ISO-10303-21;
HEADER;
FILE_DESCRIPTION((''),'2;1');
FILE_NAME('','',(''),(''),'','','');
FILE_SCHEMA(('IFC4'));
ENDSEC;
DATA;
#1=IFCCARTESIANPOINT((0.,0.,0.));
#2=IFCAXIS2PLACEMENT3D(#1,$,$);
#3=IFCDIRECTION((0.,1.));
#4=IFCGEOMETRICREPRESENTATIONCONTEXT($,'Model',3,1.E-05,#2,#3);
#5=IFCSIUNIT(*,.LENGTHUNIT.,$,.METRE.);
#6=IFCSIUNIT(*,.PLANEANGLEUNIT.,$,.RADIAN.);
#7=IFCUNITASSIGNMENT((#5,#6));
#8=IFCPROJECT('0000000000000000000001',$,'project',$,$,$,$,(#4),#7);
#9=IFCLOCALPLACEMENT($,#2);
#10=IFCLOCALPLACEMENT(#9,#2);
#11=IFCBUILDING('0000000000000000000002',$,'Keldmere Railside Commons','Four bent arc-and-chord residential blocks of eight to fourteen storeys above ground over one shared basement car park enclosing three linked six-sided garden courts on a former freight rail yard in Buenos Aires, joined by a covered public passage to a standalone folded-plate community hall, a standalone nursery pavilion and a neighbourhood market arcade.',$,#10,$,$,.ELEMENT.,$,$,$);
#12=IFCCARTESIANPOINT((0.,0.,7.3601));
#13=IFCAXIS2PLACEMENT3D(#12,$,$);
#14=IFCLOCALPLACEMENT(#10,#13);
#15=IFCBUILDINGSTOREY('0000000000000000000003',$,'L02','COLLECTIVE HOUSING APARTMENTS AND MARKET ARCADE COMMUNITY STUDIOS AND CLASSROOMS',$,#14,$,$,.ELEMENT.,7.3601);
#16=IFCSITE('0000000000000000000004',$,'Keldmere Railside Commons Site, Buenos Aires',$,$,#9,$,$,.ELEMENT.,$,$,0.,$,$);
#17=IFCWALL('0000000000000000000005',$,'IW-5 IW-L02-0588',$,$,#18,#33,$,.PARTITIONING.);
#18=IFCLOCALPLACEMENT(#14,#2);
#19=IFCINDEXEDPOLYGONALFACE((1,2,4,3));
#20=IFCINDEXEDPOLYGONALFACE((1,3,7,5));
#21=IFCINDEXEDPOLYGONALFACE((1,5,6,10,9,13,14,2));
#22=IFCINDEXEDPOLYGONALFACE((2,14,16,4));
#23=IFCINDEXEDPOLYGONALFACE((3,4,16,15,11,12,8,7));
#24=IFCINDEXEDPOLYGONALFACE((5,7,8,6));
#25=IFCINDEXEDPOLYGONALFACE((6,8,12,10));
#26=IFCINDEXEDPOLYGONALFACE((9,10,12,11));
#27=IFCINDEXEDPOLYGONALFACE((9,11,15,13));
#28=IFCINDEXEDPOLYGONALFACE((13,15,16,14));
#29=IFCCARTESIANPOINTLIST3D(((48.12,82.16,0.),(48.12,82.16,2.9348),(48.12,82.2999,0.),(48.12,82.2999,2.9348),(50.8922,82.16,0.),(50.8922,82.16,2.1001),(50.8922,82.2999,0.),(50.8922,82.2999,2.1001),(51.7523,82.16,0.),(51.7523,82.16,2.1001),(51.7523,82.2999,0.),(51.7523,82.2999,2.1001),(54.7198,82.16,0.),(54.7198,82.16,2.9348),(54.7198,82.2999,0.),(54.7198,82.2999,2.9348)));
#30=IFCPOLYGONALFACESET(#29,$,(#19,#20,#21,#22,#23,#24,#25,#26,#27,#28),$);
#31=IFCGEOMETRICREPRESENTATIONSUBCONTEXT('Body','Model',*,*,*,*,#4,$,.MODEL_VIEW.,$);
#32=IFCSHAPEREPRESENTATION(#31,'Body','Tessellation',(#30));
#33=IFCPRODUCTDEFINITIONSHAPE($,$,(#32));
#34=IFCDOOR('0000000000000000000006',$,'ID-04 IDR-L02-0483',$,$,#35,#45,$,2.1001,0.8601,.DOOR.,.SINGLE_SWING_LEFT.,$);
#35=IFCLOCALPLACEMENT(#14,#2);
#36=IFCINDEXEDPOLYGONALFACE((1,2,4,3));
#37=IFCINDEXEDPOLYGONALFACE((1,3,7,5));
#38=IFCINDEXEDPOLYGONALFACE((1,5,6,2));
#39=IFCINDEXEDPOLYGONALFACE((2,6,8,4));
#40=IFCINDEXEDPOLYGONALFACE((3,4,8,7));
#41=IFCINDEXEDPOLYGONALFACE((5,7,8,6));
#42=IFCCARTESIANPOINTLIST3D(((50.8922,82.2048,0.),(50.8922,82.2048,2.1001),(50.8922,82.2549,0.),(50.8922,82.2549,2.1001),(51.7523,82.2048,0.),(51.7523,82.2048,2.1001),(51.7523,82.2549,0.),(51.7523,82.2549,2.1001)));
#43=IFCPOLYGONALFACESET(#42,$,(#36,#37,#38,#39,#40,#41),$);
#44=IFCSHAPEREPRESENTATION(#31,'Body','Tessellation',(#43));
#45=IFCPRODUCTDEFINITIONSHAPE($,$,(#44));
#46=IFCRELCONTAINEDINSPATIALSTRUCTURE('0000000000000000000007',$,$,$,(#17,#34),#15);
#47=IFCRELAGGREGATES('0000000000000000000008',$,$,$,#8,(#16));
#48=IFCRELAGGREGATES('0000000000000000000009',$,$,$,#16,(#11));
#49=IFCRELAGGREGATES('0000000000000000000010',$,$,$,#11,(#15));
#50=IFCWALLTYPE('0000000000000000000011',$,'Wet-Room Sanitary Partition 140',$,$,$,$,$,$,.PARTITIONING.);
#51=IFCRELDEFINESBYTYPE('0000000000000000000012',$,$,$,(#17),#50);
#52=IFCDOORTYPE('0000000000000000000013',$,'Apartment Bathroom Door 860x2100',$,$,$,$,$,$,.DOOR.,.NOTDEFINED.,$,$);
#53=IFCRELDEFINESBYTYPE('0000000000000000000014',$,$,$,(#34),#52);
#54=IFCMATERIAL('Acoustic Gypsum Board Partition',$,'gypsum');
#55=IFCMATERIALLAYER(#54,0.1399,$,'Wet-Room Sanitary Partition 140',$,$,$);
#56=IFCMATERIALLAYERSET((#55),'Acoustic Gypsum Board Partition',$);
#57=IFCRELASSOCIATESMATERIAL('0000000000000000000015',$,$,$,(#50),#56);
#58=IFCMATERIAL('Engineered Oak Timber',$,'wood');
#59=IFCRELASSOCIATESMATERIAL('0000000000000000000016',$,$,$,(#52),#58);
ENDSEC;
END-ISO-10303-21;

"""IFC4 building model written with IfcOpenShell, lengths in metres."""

from ifc_helpers import new_model, si_unit, direction, frame, frame_2d, origin, place, context, subcontext, project, spatial, rectangle, extrude, material, layer, layer_set, type_object, element, fill, save


model = new_model("IFC4")

# Units and contexts
model_context = context("Model", 3, precision=1e-05, world=origin(), true_north=direction((0.0, 1.0)))
body_context = subcontext(model_context, "Body", "Model", "MODEL_VIEW")
ifc_project = project(units=[si_unit("LENGTHUNIT", "METRE"), si_unit("PLANEANGLEUNIT", "RADIAN")], contexts=[model_context])

# Site, building, storey
site_placement = place(None, origin())
site = spatial("IfcSite", under=ifc_project, at=site_placement, Name="Keldmere Railside Commons Site, Buenos Aires", CompositionType="ELEMENT", RefElevation=0.0)
building_placement = place(site_placement, origin())
building = spatial("IfcBuilding", under=site, at=building_placement, Name="Keldmere Railside Commons", Description="Four bent arc-and-chord residential blocks of eight to fourteen storeys above ground over one shared basement car park enclosing three linked six-sided garden courts on a former freight rail yard in Buenos Aires, joined by a covered public passage to a standalone folded-plate community hall, a standalone nursery pavilion and a neighbourhood market arcade.", CompositionType="ELEMENT")
storey_placement = place(building_placement, frame((0.0, 0.0, 7.3601)))
storey = spatial("IfcBuildingStorey", under=building, at=storey_placement, Name="L02", Description="COLLECTIVE HOUSING APARTMENTS AND MARKET ARCADE COMMUNITY STUDIOS AND CLASSROOMS", CompositionType="ELEMENT", Elevation=7.3601)

# Shared definitions
ifc_material_1 = material(Name="Acoustic Gypsum Board Partition", Category="gypsum")

# Shared definitions
ifc_material_2 = material(Name="Engineered Oak Timber", Category="wood")

# Shared definitions
ifc_layer_1 = layer(ifc_material_1, 0.1399, Name="Wet-Room Sanitary Partition 140")
ifc_layer_set_1 = layer_set([ifc_layer_1], Name="Acoustic Gypsum Board Partition")
wall_type_1 = type_object("IfcWallType", Name="Wet-Room Sanitary Partition 140", PredefinedType="PARTITIONING", material=ifc_layer_set_1)

# Wall, opening, door
wall_1_placement = place(storey_placement, frame((48.1201, 82.23, 0.0), z_axis=(0.0, 0.0, 1.0), x_axis=(1.0, 0.0, 0.0)))
wall_1 = element("IfcWall", 1, at=wall_1_placement, inside=storey, type_object=wall_type_1, Name="IW-5 IW-L02-0588", PredefinedType="PARTITIONING", context=body_context, shape_type="SweptSolid", body=[
    extrude(rectangle(XDim=6.5999, YDim=0.1399, at=frame_2d((3.2998, 0.0))), origin(), (0.0, 0.0, 1.0), 2.9348),
])
opening_1_placement = place(wall_1_placement, frame((2.772, 0.0, 0.0)))
opening_1 = element("IfcOpeningElement", 2, at=opening_1_placement, cuts=wall_1, PredefinedType="OPENING", context=body_context, shape_type="SweptSolid", body=[
    extrude(rectangle(XDim=0.8601, YDim=2.1001, at=frame_2d((0.4302, 1.05))), frame((0.0, 0.0798, 0.0), z_axis=(0.0, -1.0, 0.0), x_axis=(1.0, 0.0, 0.0)), (0.0, 0.0, 1.0), 0.1599),
])
door_type_1 = type_object("IfcDoorType", Name="Apartment Bathroom Door 860x2100", OperationType="NOTDEFINED", PredefinedType="DOOR", material=ifc_material_2)
door_1_placement = place(opening_1_placement, origin())
door_1 = element("IfcDoor", 3, at=door_1_placement, inside=storey, type_object=door_type_1, Name="ID-04 IDR-L02-0483", OperationType="SINGLE_SWING_LEFT", OverallHeight=2.1001, OverallWidth=0.8601, PredefinedType="DOOR", context=body_context, shape_type="SweptSolid", body=[
    extrude(rectangle(XDim=0.8601, YDim=2.1001, at=frame_2d((0.4302, 1.05))), frame((0.0, 0.0249, 0.0), z_axis=(0.0, -1.0, 0.0), x_axis=(1.0, 0.0, 0.0)), (0.0, 0.0, 1.0), 0.05),
])
fill(opening_1, door_1)

save(model, "model.ifc")
